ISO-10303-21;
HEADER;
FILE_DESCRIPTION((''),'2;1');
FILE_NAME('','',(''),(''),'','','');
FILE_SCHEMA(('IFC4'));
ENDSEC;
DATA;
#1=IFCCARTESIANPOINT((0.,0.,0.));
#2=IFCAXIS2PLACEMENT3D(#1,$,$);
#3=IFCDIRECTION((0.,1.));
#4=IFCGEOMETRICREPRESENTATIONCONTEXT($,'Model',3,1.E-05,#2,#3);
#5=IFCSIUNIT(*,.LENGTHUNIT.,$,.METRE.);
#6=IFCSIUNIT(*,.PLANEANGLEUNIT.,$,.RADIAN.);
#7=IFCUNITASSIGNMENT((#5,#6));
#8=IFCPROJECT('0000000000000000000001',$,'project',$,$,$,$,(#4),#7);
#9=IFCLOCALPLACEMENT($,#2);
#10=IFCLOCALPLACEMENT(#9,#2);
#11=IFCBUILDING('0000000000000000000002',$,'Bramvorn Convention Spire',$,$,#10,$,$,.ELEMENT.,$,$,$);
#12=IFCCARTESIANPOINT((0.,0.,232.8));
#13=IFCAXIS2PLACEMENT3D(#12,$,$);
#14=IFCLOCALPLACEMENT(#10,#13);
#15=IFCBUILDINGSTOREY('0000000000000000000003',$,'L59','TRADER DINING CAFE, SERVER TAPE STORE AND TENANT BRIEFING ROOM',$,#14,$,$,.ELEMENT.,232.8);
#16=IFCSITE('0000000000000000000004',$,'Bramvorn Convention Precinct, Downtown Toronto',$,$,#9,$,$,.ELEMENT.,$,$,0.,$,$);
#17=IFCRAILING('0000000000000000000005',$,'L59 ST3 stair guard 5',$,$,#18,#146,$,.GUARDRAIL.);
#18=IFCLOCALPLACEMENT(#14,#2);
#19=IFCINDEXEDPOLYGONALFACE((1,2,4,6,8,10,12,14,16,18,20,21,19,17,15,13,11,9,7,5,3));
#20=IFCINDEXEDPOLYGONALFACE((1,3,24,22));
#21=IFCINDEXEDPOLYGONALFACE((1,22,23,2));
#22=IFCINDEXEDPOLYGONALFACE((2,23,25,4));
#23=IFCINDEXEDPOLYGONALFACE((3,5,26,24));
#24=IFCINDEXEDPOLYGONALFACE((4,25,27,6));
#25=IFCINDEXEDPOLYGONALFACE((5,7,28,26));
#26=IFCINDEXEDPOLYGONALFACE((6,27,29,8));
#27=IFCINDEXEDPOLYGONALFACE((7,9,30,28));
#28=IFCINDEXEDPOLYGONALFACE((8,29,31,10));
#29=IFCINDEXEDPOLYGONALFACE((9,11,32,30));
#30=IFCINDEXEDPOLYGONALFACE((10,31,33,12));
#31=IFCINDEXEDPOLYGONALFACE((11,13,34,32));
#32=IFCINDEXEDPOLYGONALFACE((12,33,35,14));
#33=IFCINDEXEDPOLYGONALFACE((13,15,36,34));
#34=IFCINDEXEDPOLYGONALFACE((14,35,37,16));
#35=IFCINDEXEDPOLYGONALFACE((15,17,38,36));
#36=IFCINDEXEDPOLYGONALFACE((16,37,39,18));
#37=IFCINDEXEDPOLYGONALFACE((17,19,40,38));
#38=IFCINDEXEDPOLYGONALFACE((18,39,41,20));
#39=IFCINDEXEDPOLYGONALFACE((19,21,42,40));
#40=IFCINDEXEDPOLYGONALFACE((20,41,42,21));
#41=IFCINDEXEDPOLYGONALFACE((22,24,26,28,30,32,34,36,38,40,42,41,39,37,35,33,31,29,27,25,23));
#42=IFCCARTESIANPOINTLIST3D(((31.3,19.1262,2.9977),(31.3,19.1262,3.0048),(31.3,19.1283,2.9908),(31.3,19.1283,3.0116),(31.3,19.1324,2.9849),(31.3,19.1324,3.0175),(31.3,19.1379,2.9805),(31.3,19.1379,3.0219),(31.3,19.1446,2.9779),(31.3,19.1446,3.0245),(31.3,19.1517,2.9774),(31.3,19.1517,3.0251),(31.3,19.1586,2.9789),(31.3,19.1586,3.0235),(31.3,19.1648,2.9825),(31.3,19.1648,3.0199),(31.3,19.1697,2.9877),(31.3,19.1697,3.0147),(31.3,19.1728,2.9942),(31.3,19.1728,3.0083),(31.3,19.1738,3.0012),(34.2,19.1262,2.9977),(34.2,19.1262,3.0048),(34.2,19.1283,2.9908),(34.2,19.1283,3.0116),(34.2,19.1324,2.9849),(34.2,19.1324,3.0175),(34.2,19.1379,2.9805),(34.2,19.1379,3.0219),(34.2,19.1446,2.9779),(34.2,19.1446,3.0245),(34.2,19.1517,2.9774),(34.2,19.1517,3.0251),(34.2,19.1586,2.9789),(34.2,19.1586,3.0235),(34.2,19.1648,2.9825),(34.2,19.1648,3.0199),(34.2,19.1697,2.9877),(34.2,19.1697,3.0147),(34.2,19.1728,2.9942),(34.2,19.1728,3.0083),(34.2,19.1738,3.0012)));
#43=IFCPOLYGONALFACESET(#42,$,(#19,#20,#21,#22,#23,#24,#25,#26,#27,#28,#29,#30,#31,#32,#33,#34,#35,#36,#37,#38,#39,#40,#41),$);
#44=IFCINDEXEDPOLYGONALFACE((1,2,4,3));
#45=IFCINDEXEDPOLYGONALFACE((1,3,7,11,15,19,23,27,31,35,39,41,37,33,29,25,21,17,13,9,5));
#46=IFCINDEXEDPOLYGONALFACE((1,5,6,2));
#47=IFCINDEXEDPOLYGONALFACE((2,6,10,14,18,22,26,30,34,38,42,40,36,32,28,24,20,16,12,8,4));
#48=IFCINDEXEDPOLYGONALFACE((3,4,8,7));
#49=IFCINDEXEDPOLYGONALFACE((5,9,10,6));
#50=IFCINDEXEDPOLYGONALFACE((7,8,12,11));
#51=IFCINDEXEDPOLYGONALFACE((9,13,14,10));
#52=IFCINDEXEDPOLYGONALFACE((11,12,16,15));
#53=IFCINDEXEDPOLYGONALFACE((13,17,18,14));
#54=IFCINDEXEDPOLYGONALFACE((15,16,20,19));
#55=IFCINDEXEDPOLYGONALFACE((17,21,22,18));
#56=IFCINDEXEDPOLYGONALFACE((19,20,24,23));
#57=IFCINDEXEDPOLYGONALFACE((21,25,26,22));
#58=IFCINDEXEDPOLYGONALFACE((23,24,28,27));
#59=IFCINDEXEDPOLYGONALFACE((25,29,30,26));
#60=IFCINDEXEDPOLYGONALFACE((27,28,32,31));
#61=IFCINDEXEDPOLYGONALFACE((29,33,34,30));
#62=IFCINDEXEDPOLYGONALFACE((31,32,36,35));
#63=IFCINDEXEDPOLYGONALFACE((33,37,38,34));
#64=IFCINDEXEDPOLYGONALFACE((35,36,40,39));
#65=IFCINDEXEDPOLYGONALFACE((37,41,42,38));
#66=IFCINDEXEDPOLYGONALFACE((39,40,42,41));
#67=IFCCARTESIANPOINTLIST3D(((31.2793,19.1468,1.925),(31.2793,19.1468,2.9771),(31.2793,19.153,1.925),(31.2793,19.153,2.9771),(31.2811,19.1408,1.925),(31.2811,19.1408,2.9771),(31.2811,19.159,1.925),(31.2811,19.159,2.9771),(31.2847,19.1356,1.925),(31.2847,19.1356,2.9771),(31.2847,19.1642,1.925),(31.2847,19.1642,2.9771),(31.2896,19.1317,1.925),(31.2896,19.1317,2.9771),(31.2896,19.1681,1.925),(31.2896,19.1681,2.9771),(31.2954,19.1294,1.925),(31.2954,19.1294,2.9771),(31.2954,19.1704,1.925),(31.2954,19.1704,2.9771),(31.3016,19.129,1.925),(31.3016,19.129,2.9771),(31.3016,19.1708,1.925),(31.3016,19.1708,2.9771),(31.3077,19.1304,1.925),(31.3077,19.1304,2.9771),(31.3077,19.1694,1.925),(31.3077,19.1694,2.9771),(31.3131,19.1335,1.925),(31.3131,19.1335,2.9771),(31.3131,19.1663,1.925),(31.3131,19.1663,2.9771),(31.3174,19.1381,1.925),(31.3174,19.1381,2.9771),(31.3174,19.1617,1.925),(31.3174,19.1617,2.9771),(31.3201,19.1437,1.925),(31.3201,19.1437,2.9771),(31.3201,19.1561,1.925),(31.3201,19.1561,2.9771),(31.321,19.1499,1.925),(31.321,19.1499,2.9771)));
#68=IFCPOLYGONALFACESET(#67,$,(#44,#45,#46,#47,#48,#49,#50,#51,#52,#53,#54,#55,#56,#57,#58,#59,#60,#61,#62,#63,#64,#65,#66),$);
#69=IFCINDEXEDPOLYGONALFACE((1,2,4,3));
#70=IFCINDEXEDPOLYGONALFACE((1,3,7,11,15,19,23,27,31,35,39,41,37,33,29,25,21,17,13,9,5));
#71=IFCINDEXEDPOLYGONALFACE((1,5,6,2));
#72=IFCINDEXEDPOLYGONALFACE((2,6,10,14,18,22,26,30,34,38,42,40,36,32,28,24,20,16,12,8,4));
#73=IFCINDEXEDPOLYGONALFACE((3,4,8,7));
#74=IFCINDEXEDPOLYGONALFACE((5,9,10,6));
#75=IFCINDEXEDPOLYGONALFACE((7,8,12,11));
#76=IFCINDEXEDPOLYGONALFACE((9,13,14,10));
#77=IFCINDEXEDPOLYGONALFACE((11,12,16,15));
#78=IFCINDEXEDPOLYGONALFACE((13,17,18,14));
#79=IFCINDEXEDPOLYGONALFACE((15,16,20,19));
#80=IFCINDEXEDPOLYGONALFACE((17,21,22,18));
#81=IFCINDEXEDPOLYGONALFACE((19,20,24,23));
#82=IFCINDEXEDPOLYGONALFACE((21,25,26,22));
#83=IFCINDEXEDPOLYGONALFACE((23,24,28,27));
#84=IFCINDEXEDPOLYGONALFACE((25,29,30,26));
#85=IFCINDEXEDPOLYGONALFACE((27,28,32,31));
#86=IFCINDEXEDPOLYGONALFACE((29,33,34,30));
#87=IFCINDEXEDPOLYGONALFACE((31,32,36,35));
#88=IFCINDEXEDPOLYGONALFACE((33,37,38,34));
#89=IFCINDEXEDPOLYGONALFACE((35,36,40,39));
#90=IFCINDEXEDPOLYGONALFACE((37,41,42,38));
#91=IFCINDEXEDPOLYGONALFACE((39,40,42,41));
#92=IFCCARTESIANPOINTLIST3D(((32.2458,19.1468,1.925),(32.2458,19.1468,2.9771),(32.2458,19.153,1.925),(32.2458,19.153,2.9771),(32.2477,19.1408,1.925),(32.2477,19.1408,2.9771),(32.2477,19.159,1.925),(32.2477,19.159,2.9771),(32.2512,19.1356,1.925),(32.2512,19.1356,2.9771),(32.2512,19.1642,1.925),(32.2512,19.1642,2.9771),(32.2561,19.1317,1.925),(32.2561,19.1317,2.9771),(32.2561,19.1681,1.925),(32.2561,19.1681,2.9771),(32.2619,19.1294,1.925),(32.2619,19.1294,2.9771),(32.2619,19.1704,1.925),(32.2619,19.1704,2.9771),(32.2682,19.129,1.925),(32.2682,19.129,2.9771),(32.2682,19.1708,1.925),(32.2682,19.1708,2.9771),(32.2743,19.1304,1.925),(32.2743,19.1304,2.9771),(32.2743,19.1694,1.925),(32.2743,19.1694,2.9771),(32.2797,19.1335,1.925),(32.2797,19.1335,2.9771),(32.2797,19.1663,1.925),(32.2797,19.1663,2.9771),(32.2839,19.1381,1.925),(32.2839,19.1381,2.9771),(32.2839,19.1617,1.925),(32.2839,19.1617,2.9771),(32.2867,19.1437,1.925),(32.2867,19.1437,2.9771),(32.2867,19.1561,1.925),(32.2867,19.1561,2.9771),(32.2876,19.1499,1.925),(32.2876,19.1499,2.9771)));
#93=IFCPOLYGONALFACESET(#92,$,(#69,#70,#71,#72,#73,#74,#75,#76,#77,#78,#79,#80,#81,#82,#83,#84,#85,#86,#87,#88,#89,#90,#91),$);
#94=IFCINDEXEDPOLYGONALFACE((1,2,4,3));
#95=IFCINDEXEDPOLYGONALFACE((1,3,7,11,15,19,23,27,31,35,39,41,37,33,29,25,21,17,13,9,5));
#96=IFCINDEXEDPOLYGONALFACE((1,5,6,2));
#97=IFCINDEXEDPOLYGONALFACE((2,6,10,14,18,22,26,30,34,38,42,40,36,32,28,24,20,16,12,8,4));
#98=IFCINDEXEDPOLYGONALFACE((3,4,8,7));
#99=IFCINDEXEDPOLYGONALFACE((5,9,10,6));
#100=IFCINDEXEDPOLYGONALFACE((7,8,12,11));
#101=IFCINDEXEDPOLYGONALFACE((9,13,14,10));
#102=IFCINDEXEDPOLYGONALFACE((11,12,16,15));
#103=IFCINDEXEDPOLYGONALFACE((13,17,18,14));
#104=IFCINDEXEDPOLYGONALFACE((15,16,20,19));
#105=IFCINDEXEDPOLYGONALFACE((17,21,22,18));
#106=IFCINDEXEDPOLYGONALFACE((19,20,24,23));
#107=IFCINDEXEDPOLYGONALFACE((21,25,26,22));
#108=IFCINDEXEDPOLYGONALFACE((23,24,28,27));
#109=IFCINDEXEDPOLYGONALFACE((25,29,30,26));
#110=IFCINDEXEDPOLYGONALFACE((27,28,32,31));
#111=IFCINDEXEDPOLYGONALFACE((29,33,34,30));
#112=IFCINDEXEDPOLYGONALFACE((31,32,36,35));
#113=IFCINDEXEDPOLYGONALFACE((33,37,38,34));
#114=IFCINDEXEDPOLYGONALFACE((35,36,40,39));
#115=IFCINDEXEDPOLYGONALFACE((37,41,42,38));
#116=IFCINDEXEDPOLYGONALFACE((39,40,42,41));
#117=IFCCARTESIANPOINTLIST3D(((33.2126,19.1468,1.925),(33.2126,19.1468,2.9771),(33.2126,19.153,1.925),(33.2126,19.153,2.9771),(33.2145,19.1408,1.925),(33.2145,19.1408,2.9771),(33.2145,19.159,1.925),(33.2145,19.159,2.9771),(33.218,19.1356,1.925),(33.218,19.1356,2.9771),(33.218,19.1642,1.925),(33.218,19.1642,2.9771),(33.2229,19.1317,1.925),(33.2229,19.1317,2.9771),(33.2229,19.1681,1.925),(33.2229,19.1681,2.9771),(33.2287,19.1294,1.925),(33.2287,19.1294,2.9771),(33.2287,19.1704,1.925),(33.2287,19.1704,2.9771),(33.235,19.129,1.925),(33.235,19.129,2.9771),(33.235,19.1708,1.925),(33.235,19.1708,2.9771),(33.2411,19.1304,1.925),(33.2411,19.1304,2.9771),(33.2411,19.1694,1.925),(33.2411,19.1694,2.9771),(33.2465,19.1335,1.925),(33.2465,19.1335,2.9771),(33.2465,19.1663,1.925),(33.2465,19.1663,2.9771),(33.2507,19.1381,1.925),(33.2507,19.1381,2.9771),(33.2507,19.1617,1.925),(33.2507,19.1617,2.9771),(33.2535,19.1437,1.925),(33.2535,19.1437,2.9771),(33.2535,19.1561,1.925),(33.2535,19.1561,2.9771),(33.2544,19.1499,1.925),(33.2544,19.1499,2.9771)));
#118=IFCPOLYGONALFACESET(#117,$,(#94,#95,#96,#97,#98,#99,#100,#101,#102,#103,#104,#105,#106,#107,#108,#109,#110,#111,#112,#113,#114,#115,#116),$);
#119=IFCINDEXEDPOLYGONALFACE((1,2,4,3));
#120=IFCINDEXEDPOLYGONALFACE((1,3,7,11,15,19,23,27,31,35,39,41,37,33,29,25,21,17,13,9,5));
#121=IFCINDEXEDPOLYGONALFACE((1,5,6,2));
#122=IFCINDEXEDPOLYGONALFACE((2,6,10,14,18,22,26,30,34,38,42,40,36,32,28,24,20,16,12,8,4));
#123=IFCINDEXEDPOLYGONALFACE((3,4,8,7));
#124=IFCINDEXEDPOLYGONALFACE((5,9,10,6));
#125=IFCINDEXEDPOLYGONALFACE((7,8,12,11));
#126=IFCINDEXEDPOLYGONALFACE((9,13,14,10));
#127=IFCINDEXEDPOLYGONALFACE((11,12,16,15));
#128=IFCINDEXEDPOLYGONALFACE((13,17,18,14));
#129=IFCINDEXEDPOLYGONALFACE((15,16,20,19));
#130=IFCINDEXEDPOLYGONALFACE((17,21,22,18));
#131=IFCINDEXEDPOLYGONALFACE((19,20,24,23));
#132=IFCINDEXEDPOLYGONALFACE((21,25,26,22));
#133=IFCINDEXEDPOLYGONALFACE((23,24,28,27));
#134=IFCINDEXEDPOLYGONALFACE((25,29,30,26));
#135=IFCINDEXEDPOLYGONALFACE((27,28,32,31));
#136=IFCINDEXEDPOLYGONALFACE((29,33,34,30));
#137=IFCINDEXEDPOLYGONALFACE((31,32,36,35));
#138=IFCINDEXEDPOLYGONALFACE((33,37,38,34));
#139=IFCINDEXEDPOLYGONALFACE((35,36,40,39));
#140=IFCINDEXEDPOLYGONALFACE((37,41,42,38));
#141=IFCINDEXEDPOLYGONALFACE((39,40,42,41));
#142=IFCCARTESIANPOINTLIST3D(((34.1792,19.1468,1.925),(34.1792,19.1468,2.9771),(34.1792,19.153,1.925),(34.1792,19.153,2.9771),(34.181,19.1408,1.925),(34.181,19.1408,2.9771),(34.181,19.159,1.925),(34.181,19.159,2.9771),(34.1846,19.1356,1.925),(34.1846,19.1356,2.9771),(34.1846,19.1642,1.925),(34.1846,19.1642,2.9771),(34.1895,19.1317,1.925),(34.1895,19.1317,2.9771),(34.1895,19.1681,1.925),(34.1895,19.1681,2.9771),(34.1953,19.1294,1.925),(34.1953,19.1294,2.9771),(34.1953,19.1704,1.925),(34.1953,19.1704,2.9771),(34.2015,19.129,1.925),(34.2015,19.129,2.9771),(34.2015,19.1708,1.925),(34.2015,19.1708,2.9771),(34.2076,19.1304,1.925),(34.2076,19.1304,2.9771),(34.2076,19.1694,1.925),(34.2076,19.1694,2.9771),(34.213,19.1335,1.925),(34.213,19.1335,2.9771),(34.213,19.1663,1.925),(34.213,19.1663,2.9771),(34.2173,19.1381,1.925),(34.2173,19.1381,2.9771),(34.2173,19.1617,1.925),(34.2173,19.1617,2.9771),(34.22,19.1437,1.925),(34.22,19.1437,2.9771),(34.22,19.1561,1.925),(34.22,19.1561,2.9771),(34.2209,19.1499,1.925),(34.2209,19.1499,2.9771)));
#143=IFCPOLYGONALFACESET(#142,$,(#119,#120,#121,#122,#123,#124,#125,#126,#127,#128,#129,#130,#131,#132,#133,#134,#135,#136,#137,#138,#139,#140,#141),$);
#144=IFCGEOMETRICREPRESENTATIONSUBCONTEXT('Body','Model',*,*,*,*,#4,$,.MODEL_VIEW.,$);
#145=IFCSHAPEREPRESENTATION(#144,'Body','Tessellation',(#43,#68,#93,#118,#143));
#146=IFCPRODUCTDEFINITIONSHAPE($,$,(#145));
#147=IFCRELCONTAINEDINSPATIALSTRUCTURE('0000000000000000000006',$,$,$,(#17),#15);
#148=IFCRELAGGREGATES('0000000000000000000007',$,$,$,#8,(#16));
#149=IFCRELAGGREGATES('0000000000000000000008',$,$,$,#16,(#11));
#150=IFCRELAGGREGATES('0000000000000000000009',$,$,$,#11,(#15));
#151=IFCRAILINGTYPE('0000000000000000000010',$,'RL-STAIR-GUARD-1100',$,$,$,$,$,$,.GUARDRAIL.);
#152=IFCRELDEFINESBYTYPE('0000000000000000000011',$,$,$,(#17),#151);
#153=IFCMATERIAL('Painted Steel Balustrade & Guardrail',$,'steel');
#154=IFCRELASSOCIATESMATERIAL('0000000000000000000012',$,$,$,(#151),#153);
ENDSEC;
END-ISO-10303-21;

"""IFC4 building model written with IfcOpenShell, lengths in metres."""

from ifc_helpers import new_model, si_unit, direction, frame, origin, origin_2d, place, context, subcontext, project, spatial, circle, extrude, material, type_object, element, save


model = new_model("IFC4")

# Units and contexts
model_context = context("Model", 3, precision=1e-05, world=origin(), true_north=direction((0.0, 1.0)))
body_context = subcontext(model_context, "Body", "Model", "MODEL_VIEW")
ifc_project = project(units=[si_unit("LENGTHUNIT", "METRE"), si_unit("PLANEANGLEUNIT", "RADIAN")], contexts=[model_context])

# Site, building, storey
site_placement = place(None, origin())
site = spatial("IfcSite", under=ifc_project, at=site_placement, Name="Bramvorn Convention Precinct, Downtown Toronto", CompositionType="ELEMENT", RefElevation=0.0)
building_placement = place(site_placement, origin())
building = spatial("IfcBuilding", under=site, at=building_placement, Name="Bramvorn Convention Spire", CompositionType="ELEMENT")
storey_placement = place(building_placement, frame((0.0, 0.0, 232.8)))
storey = spatial("IfcBuildingStorey", under=building, at=storey_placement, Name="L59", Description="TRADER DINING CAFE, SERVER TAPE STORE AND TENANT BRIEFING ROOM", CompositionType="ELEMENT", Elevation=232.8)

# Railing
ifc_material_1 = material(Name="Painted Steel Balustrade & Guardrail", Category="steel")
railing_type_1 = type_object("IfcRailingType", Name="RL-STAIR-GUARD-1100", PredefinedType="GUARDRAIL", material=ifc_material_1)
railing_1_placement = place(storey_placement, frame((31.3, 19.1499, 1.925)))
element("IfcRailing", 1, at=railing_1_placement, inside=storey, type_object=railing_type_1, Name="L59 ST3 stair guard 5", PredefinedType="GUARDRAIL", context=body_context, shape_type="SweptSolid", body=[
    extrude(circle(Radius=0.0239, at=origin_2d()), frame((0.0, 0.0, 1.0762), z_axis=(1.0, 0.0, 0.0), x_axis=(0.0, 1.0, 0.0)), (0.0, 0.0, 1.0), 2.8999),
    extrude(circle(Radius=0.021, at=origin_2d()), origin(), (0.0, 0.0, 1.0), 1.052),
    extrude(circle(Radius=0.021, at=origin_2d()), frame((0.9666, 0.0, 0.0)), (0.0, 0.0, 1.0), 1.052),
    extrude(circle(Radius=0.021, at=origin_2d()), frame((1.9333, 0.0, 0.0)), (0.0, 0.0, 1.0), 1.052),
    extrude(circle(Radius=0.021, at=origin_2d()), frame((2.8999, 0.0, 0.0)), (0.0, 0.0, 1.0), 1.052),
])

save(model, "model.ifc")
